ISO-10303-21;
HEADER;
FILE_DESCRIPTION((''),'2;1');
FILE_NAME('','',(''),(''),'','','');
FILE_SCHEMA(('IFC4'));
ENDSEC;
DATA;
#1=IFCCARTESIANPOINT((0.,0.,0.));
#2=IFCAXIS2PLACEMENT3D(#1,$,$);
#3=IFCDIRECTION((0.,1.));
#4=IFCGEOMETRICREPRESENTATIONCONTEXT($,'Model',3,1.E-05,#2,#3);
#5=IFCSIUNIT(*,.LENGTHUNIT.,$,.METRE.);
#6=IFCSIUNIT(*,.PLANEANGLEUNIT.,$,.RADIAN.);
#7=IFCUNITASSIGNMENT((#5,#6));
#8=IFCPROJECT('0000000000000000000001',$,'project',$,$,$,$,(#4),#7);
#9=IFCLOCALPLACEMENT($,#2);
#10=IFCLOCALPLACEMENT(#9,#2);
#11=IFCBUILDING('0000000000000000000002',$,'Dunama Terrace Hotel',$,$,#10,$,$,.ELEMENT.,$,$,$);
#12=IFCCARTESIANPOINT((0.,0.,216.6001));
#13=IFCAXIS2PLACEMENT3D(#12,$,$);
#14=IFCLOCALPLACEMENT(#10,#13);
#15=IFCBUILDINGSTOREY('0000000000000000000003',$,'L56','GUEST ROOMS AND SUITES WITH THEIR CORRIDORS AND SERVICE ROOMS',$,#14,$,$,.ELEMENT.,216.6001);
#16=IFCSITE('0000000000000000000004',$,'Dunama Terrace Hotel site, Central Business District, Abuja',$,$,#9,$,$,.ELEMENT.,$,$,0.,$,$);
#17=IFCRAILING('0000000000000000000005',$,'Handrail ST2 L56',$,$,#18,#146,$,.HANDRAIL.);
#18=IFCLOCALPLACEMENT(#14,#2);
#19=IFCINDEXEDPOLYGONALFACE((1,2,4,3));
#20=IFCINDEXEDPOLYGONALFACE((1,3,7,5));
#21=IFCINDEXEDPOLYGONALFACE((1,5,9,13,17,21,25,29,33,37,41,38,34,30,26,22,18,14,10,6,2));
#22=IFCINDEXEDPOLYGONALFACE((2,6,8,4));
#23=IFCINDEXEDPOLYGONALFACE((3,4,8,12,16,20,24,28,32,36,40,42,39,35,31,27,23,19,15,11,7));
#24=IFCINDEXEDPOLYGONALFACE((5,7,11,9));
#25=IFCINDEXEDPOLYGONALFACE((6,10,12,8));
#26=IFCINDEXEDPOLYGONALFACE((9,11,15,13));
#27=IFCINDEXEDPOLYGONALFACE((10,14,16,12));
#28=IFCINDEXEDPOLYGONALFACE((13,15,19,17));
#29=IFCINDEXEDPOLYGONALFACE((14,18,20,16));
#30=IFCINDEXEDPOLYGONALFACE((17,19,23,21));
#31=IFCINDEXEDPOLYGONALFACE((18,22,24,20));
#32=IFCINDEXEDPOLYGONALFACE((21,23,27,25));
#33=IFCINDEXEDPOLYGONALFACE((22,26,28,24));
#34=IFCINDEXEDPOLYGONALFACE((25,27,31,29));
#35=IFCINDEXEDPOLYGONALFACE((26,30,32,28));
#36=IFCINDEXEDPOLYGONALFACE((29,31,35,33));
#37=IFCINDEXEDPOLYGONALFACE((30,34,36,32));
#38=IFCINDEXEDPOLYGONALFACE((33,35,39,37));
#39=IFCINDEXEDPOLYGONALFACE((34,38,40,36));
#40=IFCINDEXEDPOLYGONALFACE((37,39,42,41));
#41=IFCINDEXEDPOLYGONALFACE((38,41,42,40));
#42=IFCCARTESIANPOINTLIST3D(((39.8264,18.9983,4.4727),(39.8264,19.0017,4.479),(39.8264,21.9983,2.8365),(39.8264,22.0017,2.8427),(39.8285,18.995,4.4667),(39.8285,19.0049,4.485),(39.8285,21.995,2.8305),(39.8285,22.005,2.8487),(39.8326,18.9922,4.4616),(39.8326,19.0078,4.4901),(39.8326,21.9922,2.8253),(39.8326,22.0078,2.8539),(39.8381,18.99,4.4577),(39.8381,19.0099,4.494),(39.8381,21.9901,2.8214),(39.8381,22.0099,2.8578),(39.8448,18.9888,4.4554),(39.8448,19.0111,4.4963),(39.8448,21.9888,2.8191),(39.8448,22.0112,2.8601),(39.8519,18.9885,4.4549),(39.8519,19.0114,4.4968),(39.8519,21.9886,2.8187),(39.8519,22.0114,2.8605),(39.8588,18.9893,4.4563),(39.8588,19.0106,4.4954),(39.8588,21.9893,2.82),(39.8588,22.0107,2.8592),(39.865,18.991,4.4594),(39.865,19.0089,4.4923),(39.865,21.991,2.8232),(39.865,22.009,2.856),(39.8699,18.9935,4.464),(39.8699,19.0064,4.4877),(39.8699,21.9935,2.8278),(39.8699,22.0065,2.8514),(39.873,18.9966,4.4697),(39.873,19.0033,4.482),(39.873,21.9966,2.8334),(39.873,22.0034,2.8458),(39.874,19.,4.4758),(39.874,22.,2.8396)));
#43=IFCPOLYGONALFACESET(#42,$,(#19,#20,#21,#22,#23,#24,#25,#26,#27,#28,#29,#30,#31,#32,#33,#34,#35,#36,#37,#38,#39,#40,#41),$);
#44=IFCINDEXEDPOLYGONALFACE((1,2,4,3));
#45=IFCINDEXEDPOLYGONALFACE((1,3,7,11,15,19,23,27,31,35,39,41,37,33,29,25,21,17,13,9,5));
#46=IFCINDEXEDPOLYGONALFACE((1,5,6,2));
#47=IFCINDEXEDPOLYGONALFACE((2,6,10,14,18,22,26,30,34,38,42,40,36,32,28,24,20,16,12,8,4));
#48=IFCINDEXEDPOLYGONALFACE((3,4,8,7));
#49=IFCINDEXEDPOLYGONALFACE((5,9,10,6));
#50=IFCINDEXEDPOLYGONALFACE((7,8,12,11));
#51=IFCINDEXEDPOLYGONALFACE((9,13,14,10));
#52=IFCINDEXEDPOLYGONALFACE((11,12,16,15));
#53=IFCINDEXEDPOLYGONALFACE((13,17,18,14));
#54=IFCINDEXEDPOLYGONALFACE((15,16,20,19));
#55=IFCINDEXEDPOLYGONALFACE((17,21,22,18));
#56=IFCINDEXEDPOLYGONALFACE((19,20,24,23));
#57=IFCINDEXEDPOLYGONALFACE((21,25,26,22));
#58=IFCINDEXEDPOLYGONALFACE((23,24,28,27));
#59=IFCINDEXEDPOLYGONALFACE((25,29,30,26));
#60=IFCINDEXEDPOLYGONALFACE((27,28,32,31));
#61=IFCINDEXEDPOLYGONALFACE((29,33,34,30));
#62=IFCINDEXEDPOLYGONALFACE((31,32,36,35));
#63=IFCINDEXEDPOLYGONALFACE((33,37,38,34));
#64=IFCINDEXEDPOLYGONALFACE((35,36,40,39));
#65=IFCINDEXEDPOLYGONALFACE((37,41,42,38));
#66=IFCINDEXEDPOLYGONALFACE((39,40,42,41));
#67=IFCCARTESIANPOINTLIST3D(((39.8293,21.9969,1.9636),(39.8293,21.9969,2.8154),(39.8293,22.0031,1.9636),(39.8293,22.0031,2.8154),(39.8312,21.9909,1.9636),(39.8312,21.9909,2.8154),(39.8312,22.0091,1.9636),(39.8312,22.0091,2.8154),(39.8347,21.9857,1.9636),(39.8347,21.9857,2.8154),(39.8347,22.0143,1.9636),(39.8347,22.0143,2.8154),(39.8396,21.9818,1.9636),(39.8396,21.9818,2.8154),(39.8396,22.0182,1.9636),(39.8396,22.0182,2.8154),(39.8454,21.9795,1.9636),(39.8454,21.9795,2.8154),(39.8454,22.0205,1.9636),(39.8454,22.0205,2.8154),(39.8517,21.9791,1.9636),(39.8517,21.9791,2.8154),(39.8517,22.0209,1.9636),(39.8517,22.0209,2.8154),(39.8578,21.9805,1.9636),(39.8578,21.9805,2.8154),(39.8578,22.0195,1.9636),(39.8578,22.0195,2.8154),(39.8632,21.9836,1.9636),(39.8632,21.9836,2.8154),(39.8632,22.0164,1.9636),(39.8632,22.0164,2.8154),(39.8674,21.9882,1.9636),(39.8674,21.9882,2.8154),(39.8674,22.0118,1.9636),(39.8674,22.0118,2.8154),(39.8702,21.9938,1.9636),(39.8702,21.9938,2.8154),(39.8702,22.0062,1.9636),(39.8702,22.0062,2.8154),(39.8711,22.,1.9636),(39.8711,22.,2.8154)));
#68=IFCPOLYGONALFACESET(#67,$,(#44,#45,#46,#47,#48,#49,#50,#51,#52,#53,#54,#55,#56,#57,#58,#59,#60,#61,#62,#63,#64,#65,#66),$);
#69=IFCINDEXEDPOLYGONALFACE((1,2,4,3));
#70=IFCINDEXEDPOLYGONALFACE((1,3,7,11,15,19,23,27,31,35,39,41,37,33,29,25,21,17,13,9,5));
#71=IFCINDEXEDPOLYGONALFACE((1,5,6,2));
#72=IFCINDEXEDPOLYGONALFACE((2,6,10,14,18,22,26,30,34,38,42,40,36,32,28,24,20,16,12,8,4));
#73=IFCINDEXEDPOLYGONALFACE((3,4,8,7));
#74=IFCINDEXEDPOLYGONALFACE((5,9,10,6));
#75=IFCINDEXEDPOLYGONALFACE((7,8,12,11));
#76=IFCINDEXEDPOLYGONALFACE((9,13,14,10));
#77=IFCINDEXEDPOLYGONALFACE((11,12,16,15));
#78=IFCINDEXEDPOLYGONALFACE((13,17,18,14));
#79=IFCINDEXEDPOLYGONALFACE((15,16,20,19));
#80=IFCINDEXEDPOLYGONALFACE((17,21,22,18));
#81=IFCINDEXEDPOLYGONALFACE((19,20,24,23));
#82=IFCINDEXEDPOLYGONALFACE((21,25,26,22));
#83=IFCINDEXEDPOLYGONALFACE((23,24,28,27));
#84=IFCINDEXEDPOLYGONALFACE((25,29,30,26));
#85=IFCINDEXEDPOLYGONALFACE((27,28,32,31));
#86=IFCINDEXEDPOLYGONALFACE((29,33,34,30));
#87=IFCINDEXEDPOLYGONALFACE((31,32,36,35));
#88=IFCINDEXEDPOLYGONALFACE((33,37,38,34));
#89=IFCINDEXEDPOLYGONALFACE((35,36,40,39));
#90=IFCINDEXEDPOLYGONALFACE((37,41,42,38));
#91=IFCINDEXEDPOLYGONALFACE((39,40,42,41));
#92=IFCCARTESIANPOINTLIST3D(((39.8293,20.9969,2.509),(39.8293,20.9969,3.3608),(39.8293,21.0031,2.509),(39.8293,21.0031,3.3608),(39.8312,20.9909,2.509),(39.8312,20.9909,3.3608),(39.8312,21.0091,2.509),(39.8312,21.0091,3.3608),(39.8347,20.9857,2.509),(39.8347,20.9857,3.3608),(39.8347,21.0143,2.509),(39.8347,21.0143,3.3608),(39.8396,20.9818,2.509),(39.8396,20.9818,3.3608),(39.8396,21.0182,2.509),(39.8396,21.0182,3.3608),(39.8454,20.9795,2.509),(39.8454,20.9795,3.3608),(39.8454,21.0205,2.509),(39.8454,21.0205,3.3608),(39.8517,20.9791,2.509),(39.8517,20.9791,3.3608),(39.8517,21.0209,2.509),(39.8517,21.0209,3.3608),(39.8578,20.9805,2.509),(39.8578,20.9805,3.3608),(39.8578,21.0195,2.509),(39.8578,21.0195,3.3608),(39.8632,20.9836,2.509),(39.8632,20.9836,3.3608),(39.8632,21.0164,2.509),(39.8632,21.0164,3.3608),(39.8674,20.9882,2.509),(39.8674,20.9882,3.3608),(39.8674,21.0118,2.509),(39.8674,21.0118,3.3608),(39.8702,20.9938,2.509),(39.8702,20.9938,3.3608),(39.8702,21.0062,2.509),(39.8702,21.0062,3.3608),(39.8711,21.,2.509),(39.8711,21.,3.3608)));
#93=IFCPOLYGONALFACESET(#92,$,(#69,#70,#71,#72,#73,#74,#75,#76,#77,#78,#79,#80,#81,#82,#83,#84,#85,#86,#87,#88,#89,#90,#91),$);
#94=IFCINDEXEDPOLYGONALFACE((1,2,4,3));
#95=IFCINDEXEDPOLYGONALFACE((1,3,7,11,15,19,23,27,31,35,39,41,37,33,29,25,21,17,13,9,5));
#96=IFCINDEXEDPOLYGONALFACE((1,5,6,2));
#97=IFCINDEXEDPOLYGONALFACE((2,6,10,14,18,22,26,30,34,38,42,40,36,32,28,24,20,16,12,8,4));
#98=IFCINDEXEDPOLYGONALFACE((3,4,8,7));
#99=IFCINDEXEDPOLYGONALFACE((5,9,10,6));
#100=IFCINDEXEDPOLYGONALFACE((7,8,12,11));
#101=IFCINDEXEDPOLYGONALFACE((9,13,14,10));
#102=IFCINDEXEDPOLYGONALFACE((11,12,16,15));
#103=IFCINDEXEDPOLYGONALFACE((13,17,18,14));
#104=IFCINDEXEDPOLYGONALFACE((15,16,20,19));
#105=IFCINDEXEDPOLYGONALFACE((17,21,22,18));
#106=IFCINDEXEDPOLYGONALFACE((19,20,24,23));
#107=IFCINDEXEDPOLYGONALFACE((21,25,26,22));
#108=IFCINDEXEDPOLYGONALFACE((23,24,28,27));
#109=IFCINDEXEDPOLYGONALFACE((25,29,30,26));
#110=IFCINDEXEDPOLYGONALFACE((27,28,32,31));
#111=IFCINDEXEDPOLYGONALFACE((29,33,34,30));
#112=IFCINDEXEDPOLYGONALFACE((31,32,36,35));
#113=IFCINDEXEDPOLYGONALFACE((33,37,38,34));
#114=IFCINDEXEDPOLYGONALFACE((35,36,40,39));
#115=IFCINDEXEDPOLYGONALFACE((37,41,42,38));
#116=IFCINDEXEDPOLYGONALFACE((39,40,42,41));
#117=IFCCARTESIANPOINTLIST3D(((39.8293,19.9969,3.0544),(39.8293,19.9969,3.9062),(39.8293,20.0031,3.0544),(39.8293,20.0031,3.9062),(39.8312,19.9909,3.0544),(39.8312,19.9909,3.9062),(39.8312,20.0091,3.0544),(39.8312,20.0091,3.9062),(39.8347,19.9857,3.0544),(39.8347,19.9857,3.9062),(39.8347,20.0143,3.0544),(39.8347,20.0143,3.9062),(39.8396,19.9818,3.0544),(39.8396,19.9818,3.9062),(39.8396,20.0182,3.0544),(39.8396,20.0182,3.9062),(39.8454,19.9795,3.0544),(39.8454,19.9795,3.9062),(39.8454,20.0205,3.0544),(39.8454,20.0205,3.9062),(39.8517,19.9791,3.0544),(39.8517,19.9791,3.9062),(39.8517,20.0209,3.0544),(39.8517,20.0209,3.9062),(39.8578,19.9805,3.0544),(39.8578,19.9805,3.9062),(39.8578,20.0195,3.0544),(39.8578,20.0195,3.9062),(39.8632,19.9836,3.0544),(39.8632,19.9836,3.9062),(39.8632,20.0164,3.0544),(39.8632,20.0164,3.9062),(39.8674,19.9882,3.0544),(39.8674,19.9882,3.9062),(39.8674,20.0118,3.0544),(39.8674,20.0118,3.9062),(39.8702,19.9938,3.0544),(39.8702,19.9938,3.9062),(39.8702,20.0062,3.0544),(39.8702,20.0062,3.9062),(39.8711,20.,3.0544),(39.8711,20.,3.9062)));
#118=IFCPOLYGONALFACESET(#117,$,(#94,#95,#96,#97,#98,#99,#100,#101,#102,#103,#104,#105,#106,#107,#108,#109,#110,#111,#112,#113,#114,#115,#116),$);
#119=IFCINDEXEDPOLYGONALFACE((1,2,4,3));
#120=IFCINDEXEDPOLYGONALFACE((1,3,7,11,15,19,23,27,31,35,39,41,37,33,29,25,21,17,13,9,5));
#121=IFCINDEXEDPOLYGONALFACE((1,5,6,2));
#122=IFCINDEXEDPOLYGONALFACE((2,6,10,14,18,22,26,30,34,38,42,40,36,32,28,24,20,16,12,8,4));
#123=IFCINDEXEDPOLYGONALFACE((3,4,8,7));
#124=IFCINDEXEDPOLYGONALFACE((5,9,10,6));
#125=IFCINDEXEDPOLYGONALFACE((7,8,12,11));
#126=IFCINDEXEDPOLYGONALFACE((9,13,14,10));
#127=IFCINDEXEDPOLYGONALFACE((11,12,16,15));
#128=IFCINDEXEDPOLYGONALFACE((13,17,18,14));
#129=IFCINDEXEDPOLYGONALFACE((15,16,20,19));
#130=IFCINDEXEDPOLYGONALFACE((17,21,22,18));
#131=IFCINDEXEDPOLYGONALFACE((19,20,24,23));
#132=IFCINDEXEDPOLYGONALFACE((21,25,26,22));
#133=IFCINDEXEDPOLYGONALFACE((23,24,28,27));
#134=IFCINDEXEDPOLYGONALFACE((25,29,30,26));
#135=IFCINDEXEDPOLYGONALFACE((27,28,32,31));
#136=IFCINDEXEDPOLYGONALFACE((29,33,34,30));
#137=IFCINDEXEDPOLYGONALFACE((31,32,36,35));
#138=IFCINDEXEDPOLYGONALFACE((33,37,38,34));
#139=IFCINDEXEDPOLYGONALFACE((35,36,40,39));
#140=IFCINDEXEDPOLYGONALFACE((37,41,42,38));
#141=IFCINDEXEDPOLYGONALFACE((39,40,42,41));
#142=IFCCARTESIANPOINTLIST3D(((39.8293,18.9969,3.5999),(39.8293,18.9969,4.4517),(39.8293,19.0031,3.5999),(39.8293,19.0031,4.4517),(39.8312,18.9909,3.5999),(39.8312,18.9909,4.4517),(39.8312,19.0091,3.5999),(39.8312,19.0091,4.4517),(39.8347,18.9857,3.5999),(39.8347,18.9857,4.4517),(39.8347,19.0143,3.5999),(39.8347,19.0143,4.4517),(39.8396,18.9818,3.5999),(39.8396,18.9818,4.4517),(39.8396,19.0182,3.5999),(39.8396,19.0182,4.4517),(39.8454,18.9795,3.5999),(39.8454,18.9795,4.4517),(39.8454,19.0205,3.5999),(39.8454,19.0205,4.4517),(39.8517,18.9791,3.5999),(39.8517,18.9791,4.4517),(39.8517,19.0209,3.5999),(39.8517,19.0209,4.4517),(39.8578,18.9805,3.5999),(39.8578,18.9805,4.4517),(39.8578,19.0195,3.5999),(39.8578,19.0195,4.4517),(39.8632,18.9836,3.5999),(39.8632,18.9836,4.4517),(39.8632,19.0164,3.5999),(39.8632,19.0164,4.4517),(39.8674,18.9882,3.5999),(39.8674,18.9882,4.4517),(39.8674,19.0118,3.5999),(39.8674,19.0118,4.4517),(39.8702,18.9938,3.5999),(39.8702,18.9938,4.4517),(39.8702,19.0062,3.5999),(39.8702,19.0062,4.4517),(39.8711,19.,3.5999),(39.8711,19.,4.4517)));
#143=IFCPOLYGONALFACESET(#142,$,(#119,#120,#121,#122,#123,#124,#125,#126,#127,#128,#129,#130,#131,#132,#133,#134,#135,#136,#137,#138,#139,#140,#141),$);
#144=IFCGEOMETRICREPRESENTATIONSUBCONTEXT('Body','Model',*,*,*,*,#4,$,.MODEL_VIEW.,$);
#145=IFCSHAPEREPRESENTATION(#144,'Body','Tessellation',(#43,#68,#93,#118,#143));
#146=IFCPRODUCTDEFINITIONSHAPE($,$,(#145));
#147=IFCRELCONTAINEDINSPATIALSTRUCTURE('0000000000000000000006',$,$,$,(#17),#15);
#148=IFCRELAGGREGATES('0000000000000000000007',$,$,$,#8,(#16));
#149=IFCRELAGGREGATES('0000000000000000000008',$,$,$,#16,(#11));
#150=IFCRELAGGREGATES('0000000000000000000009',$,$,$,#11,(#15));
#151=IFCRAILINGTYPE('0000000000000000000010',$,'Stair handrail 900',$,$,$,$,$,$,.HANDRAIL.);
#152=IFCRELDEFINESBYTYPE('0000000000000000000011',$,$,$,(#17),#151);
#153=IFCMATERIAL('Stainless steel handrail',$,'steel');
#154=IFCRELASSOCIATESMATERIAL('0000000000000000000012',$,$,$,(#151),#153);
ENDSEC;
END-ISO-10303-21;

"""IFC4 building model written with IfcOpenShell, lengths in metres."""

from ifc_helpers import new_model, si_unit, direction, frame, origin, origin_2d, place, context, subcontext, project, spatial, circle, extrude, material, type_object, element, save


model = new_model("IFC4")

# Units and contexts
model_context = context("Model", 3, precision=1e-05, world=origin(), true_north=direction((0.0, 1.0)))
body_context = subcontext(model_context, "Body", "Model", "MODEL_VIEW")
ifc_project = project(units=[si_unit("LENGTHUNIT", "METRE"), si_unit("PLANEANGLEUNIT", "RADIAN")], contexts=[model_context])

# Site, building, storey
site_placement = place(None, origin())
site = spatial("IfcSite", under=ifc_project, at=site_placement, Name="Dunama Terrace Hotel site, Central Business District, Abuja", CompositionType="ELEMENT", RefElevation=0.0)
building_placement = place(site_placement, origin())
building = spatial("IfcBuilding", under=site, at=building_placement, Name="Dunama Terrace Hotel", CompositionType="ELEMENT")
storey_placement = place(building_placement, frame((0.0, 0.0, 216.6001)))
storey = spatial("IfcBuildingStorey", under=building, at=storey_placement, Name="L56", Description="GUEST ROOMS AND SUITES WITH THEIR CORRIDORS AND SERVICE ROOMS", CompositionType="ELEMENT", Elevation=216.6001)

# Railing
ifc_material_1 = material(Name="Stainless steel handrail", Category="steel")
railing_type = type_object("IfcRailingType", Name="Stair handrail 900", PredefinedType="HANDRAIL", material=ifc_material_1)
railing_1_placement = place(storey_placement, frame((39.8501, 22.0, 1.9636)))
element("IfcRailing", 1, at=railing_1_placement, inside=storey, type_object=railing_type, Name="Handrail ST2 L56", PredefinedType="HANDRAIL", context=body_context, shape_type="SweptSolid", body=[
    extrude(circle(Radius=0.0239, at=origin_2d()), frame((0.0, 0.0, 0.876), z_axis=(0.0, -0.877912, 0.478822), x_axis=(1.0, 0.0, 0.0)), (0.0, 0.0, 1.0), 3.4172),
    extrude(circle(Radius=0.021, at=origin_2d()), origin(), (0.0, 0.0, 1.0), 0.8518),
    extrude(circle(Radius=0.021, at=origin_2d()), frame((0.0, -1.0, 0.5454)), (0.0, 0.0, 1.0), 0.8518),
    extrude(circle(Radius=0.021, at=origin_2d()), frame((0.0, -2.0, 1.0908)), (0.0, 0.0, 1.0), 0.8518),
    extrude(circle(Radius=0.021, at=origin_2d()), frame((0.0, -3.0, 1.6362)), (0.0, 0.0, 1.0), 0.8518),
])

save(model, "model.ifc")
